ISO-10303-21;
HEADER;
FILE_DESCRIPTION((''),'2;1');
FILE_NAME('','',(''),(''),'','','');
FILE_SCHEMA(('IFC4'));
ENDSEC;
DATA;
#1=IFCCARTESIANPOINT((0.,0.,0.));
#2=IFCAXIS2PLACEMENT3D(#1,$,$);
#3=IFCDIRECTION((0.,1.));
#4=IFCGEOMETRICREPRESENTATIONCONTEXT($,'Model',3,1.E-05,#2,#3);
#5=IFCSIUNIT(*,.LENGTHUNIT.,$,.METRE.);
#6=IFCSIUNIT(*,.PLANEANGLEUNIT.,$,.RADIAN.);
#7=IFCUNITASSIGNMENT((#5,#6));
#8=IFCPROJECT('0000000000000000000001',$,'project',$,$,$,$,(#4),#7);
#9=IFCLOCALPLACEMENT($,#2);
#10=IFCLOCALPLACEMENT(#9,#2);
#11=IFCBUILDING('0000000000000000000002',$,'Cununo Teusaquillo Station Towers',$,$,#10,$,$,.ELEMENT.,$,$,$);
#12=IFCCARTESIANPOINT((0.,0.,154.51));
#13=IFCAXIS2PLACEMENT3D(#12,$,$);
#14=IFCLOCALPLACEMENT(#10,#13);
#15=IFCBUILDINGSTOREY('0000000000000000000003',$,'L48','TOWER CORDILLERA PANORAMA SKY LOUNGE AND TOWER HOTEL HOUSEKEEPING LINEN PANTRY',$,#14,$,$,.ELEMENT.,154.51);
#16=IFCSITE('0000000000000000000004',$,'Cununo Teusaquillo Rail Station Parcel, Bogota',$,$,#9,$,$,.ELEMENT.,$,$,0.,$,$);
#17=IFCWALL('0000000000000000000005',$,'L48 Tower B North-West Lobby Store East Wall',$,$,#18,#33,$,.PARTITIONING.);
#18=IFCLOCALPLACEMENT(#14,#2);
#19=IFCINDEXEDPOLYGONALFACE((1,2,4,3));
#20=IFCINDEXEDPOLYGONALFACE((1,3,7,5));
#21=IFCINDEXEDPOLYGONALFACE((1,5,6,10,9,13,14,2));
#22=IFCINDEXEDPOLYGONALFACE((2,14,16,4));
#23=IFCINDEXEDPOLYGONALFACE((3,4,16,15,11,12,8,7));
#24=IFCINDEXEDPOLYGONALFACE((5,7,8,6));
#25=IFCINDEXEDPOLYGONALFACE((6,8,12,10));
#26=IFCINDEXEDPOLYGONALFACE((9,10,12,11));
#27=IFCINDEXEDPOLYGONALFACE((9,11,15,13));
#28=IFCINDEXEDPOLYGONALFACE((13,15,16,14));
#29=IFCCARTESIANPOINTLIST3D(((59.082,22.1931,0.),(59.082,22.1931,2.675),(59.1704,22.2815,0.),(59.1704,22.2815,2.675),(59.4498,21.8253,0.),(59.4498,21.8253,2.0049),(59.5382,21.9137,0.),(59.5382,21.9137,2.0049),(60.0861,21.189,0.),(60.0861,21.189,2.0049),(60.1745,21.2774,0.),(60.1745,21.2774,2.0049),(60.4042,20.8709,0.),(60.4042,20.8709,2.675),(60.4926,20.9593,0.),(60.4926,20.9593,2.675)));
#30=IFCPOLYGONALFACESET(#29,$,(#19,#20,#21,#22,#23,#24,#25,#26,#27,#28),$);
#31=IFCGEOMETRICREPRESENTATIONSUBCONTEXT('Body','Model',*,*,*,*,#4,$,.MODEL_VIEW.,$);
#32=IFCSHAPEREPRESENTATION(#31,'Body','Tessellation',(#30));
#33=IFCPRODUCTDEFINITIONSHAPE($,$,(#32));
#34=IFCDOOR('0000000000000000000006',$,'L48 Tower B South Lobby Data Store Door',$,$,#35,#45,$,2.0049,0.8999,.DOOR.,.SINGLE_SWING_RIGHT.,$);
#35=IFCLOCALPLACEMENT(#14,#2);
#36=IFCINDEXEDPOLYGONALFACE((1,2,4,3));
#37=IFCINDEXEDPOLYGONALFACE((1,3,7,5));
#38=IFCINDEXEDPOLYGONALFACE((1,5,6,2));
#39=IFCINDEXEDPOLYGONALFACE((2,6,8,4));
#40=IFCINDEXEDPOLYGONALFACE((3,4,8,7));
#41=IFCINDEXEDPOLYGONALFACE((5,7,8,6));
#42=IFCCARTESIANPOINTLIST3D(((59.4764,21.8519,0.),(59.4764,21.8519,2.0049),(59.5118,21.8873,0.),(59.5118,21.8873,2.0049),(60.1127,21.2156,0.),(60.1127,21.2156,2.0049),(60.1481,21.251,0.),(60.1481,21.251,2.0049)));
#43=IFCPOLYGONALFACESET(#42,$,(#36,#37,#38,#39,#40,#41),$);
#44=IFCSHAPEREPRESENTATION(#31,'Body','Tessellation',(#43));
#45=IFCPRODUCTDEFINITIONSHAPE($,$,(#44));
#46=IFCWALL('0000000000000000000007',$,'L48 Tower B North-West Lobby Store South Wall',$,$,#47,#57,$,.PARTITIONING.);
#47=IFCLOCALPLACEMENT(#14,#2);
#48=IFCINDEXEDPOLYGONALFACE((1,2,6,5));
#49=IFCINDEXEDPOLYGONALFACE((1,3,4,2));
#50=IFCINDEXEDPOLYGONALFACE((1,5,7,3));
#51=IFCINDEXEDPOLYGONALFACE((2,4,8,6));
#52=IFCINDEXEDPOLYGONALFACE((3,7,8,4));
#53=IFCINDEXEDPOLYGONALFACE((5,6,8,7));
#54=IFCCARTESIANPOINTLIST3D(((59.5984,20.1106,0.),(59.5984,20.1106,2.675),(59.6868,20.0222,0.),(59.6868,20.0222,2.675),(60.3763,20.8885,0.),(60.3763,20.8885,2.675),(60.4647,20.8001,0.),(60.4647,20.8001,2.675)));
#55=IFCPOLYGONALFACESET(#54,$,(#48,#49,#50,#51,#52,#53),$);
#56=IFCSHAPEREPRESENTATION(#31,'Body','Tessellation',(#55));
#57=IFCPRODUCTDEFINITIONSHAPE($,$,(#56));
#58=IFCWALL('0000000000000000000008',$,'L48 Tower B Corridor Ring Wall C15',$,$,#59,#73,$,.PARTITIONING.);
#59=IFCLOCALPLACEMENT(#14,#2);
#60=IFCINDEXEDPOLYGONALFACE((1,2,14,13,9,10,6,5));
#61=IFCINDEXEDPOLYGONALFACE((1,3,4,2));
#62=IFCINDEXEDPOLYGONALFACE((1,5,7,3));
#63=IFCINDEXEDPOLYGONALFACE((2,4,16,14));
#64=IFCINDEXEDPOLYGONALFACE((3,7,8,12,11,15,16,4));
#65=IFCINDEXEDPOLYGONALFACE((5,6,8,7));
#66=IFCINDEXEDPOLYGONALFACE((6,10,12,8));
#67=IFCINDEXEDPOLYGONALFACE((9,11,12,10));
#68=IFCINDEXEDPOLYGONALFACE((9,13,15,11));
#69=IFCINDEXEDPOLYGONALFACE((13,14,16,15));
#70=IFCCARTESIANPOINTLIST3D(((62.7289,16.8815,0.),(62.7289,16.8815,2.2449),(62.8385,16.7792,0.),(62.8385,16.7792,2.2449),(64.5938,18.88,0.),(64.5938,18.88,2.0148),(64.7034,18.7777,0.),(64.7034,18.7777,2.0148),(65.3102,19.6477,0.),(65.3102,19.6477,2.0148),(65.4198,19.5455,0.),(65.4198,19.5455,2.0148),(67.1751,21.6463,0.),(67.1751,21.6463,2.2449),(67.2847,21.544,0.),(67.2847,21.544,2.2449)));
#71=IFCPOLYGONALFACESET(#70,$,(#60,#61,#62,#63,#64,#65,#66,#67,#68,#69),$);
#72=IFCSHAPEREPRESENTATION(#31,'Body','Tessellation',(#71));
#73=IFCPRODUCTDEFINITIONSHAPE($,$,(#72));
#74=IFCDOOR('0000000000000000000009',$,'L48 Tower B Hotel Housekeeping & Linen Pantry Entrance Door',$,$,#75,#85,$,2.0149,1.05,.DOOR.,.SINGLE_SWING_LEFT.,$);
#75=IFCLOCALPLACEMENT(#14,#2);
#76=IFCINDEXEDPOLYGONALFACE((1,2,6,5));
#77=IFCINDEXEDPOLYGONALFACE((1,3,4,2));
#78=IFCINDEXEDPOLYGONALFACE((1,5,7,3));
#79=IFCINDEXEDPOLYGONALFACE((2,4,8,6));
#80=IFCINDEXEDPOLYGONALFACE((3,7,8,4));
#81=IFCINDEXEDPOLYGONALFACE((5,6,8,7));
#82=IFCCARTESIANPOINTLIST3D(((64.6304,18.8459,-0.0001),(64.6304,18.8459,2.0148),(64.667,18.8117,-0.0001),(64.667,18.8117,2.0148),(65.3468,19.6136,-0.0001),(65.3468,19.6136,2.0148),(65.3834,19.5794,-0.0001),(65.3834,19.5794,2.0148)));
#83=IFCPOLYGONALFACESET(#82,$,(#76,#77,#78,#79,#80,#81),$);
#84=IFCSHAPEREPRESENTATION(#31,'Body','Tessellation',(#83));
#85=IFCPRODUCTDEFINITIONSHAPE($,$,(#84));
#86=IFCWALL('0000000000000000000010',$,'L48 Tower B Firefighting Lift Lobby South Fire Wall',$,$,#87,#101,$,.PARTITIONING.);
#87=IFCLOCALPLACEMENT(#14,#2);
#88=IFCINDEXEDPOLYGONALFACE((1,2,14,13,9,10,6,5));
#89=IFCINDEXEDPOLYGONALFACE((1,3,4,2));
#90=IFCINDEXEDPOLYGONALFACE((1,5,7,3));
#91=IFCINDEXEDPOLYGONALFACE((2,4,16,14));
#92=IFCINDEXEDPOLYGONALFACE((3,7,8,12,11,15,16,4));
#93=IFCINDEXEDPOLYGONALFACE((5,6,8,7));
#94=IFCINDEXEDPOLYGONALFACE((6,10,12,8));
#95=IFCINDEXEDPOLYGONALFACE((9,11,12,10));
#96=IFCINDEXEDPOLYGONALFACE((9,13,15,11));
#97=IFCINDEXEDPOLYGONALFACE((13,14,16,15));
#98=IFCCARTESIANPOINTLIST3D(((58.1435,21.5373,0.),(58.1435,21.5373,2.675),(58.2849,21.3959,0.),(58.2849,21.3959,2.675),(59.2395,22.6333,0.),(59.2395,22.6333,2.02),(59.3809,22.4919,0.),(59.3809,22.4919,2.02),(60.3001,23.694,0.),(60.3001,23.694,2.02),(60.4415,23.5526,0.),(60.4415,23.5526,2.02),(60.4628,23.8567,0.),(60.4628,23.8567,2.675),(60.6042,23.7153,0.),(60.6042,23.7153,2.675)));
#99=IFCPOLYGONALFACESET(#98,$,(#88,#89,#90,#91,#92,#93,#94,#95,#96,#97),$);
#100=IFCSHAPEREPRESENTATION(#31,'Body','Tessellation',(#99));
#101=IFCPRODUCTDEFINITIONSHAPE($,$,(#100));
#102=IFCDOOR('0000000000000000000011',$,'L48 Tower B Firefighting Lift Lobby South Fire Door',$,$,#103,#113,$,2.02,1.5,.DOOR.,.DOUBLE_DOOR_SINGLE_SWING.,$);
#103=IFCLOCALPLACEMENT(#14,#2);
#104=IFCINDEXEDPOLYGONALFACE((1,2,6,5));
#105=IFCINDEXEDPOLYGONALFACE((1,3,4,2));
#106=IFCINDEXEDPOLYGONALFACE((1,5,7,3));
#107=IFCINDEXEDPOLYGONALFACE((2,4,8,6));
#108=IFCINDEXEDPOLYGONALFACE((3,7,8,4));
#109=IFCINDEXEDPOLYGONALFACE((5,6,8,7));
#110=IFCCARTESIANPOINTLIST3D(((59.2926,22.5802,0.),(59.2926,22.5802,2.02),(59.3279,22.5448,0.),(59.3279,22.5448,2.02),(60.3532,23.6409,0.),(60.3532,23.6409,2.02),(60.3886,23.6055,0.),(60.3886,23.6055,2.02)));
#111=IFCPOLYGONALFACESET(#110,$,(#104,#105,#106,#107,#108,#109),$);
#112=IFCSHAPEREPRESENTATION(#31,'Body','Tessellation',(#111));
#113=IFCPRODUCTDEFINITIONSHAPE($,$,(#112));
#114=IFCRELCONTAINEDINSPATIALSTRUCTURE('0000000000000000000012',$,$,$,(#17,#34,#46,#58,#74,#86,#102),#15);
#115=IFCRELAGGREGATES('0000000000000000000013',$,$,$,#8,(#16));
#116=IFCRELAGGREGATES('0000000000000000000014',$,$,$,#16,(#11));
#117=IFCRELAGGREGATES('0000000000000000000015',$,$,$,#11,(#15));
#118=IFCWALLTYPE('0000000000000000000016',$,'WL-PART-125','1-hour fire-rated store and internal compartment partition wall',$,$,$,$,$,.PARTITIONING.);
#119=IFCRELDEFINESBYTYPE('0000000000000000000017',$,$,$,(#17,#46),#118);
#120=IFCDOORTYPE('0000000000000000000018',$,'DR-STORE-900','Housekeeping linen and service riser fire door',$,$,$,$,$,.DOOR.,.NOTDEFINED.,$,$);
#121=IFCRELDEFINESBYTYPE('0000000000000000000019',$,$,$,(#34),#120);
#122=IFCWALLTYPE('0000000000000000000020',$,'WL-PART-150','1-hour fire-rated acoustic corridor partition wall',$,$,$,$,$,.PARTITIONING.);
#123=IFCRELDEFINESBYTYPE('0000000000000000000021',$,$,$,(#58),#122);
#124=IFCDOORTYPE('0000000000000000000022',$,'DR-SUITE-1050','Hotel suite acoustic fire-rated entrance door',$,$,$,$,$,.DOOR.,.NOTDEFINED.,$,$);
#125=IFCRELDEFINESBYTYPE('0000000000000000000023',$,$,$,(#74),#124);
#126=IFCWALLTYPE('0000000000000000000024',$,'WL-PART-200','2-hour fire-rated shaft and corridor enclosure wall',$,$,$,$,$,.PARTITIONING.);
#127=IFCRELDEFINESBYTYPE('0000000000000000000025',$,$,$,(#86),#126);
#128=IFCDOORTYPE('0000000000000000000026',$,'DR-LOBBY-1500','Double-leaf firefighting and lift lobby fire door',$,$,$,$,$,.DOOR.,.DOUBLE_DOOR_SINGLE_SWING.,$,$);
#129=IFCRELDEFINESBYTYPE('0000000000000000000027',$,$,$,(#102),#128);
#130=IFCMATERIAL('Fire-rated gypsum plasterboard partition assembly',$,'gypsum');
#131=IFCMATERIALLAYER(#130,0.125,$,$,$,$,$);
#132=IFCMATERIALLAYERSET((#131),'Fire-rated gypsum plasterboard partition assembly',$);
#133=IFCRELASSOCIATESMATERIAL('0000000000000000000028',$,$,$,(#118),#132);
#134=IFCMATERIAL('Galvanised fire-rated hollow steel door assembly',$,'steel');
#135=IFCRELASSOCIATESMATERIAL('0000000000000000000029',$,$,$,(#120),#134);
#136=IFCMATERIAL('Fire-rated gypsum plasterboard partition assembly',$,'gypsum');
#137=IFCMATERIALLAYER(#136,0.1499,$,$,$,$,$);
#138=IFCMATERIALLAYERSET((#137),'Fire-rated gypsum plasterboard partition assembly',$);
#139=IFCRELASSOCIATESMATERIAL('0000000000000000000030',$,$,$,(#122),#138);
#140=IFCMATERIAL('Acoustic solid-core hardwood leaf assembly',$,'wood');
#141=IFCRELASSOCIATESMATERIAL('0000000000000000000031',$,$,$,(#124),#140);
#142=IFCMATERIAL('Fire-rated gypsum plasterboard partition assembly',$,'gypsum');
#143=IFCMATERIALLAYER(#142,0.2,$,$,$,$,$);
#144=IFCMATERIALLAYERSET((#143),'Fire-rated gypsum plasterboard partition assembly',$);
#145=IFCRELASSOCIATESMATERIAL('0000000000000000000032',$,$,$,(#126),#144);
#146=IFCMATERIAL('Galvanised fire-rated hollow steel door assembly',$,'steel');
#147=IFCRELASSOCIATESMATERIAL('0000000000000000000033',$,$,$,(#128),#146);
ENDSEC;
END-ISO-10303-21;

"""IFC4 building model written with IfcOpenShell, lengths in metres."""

from ifc_helpers import new_model, si_unit, direction, frame, frame_2d, origin, place, context, subcontext, project, spatial, rectangle, extrude, source, transform, mapped, material, layer, layer_set, type_object, element, fill, save


model = new_model("IFC4")

# Units and contexts
model_context = context("Model", 3, precision=1e-05, world=origin(), true_north=direction((0.0, 1.0)))
body_context = subcontext(model_context, "Body", "Model", "MODEL_VIEW")
ifc_project = project(units=[si_unit("LENGTHUNIT", "METRE"), si_unit("PLANEANGLEUNIT", "RADIAN")], contexts=[model_context])

# Site, building, storey
site_placement = place(None, origin())
site = spatial("IfcSite", under=ifc_project, at=site_placement, Name="Cununo Teusaquillo Rail Station Parcel, Bogota", CompositionType="ELEMENT", RefElevation=0.0)
building_placement = place(site_placement, origin())
building = spatial("IfcBuilding", under=site, at=building_placement, Name="Cununo Teusaquillo Station Towers", CompositionType="ELEMENT")
storey_placement = place(building_placement, frame((0.0, 0.0, 154.51)))
storey = spatial("IfcBuildingStorey", under=building, at=storey_placement, Name="L48", Description="TOWER CORDILLERA PANORAMA SKY LOUNGE AND TOWER HOTEL HOUSEKEEPING LINEN PANTRY", CompositionType="ELEMENT", Elevation=154.51)

# Wall, opening, door
ifc_material_1 = material(Name="Fire-rated gypsum plasterboard partition assembly", Category="gypsum")
ifc_layer_1 = layer(ifc_material_1, 0.125)
ifc_layer_set_1 = layer_set([ifc_layer_1], Name="Fire-rated gypsum plasterboard partition assembly")
wall_type_1 = type_object("IfcWallType", Name="WL-PART-125", Description="1-hour fire-rated store and internal compartment partition wall", PredefinedType="PARTITIONING", material=ifc_layer_set_1)
wall_1_placement = place(storey_placement, frame((60.4485, 20.915, 0.0), z_axis=(0.0, 0.0, 1.0), x_axis=(-0.707107, 0.707107, 0.0)))
wall_1 = element("IfcWall", 1, at=wall_1_placement, inside=storey, type_object=wall_type_1, Name="L48 Tower B North-West Lobby Store East Wall", PredefinedType="PARTITIONING", context=body_context, shape_type="SweptSolid", body=[
    extrude(rectangle(XDim=1.8699, YDim=0.125, at=frame_2d((0.9351, 0.0))), origin(), (0.0, 0.0, 1.0), 2.675),
])
shared_shape_1 = source(origin(), body_context, "Body", "SweptSolid", [
    extrude(rectangle(XDim=0.8999, YDim=2.0049, at=frame_2d((0.45, 1.0024))), frame((0.0, 0.0725, 0.0), z_axis=(0.0, -1.0, 0.0), x_axis=(1.0, 0.0, 0.0)), (0.0, 0.0, 1.0), 0.145),
])
opening_1_placement = place(wall_1_placement, frame((0.45, 0.0, 0.0)))
opening_1 = element("IfcOpeningElement", 2, at=opening_1_placement, cuts=wall_1, PredefinedType="OPENING", context=body_context, shape_type="MappedRepresentation", body=[
    mapped(shared_shape_1, transform((0.0, 0.0, 0.0), x_axis=(1.0, 0.0, 0.0), y_axis=(0.0, 1.0, 0.0), z_axis=(0.0, 0.0, 1.0), scale=1.0)),
])
ifc_material_2 = material(Name="Galvanised fire-rated hollow steel door assembly", Category="steel")
door_type_1 = type_object("IfcDoorType", Name="DR-STORE-900", Description="Housekeeping linen and service riser fire door", OperationType="NOTDEFINED", PredefinedType="DOOR", material=ifc_material_2)
shared_shape_2 = source(origin(), body_context, "Body", "SweptSolid", [
    extrude(rectangle(XDim=0.8999, YDim=2.0049, at=frame_2d((0.45, 1.0024))), frame((0.0, 0.0249, 0.0), z_axis=(0.0, -1.0, 0.0), x_axis=(1.0, 0.0, 0.0)), (0.0, 0.0, 1.0), 0.05),
])
door_1_placement = place(opening_1_placement, origin())
door_1 = element("IfcDoor", 3, at=door_1_placement, inside=storey, type_object=door_type_1, Name="L48 Tower B South Lobby Data Store Door", OperationType="SINGLE_SWING_RIGHT", OverallHeight=2.0049, OverallWidth=0.8999, PredefinedType="DOOR", context=body_context, shape_type="MappedRepresentation", body=[
    mapped(shared_shape_2, transform((0.0, 0.0, 0.0), x_axis=(1.0, 0.0, 0.0), y_axis=(0.0, 1.0, 0.0), z_axis=(0.0, 0.0, 1.0), scale=1.0)),
])
fill(opening_1, door_1)

# Wall
wall_2_placement = place(storey_placement, frame((59.6426, 20.0664, 0.0), z_axis=(0.0, 0.0, 1.0), x_axis=(0.707107, 0.707107, 0.0)))
element("IfcWall", 4, at=wall_2_placement, inside=storey, type_object=wall_type_1, Name="L48 Tower B North-West Lobby Store South Wall", PredefinedType="PARTITIONING", context=body_context, shape_type="SweptSolid", body=[
    extrude(rectangle(XDim=1.1001, YDim=0.125, at=frame_2d((0.55, 0.0))), origin(), (0.0, 0.0, 1.0), 2.675),
])

# Walls, openings, doors
ifc_material_3 = material(Name="Fire-rated gypsum plasterboard partition assembly", Category="gypsum")
ifc_layer_2 = layer(ifc_material_3, 0.1499)
ifc_layer_set_2 = layer_set([ifc_layer_2], Name="Fire-rated gypsum plasterboard partition assembly")
wall_type_2 = type_object("IfcWallType", Name="WL-PART-150", Description="1-hour fire-rated acoustic corridor partition wall", PredefinedType="PARTITIONING", material=ifc_layer_set_2)
wall_3_placement = place(storey_placement, frame((62.7837, 16.8303, 0.0), z_axis=(0.0, 0.0, 1.0), x_axis=(0.682241, 0.731128, 0.0)))
wall_3 = element("IfcWall", 5, at=wall_3_placement, inside=storey, type_object=wall_type_2, Name="L48 Tower B Corridor Ring Wall C15", PredefinedType="PARTITIONING", context=body_context, shape_type="SweptSolid", body=[
    extrude(rectangle(XDim=6.5171, YDim=0.1499, at=frame_2d((3.2585, 0.0))), origin(), (0.0, 0.0, 1.0), 2.2449),
])
shared_shape_3 = source(origin(), body_context, "Body", "SweptSolid", [
    extrude(rectangle(XDim=1.05, YDim=2.0149, at=frame_2d((0.5249, 1.0073))), frame((0.0, 0.085, 0.0), z_axis=(0.0, -1.0, 0.0), x_axis=(1.0, 0.0, 0.0)), (0.0, 0.0, 1.0), 0.1699),
])
opening_2_placement = place(wall_3_placement, frame((2.7336, 0.0, 0.0)))
opening_2 = element("IfcOpeningElement", 6, at=opening_2_placement, cuts=wall_3, PredefinedType="OPENING", context=body_context, shape_type="MappedRepresentation", body=[
    mapped(shared_shape_3, transform((0.0, 0.0, 0.0), x_axis=(1.0, 0.0, 0.0), y_axis=(0.0, 1.0, 0.0), z_axis=(0.0, 0.0, 1.0), scale=1.0)),
])
ifc_material_4 = material(Name="Acoustic solid-core hardwood leaf assembly", Category="wood")
door_type_2 = type_object("IfcDoorType", Name="DR-SUITE-1050", Description="Hotel suite acoustic fire-rated entrance door", OperationType="NOTDEFINED", PredefinedType="DOOR", material=ifc_material_4)
shared_shape_4 = source(origin(), body_context, "Body", "SweptSolid", [
    extrude(rectangle(XDim=1.05, YDim=2.0149, at=frame_2d((0.5249, 1.0073))), frame((0.0, 0.0249, 0.0), z_axis=(0.0, -1.0, 0.0), x_axis=(1.0, 0.0, 0.0)), (0.0, 0.0, 1.0), 0.05),
])
door_2_placement = place(opening_2_placement, origin())
door_2 = element("IfcDoor", 7, at=door_2_placement, inside=storey, type_object=door_type_2, Name="L48 Tower B Hotel Housekeeping & Linen Pantry Entrance Door", OperationType="SINGLE_SWING_LEFT", OverallHeight=2.0149, OverallWidth=1.05, PredefinedType="DOOR", context=body_context, shape_type="MappedRepresentation", body=[
    mapped(shared_shape_4, transform((0.0, 0.0, 0.0), x_axis=(1.0, 0.0, 0.0), y_axis=(0.0, 1.0, 0.0), z_axis=(0.0, 0.0, 1.0), scale=1.0)),
])
fill(opening_2, door_2)
ifc_material_5 = material(Name="Fire-rated gypsum plasterboard partition assembly", Category="gypsum")
ifc_layer_3 = layer(ifc_material_5, 0.2)
ifc_layer_set_3 = layer_set([ifc_layer_3], Name="Fire-rated gypsum plasterboard partition assembly")
wall_type_3 = type_object("IfcWallType", Name="WL-PART-200", Description="2-hour fire-rated shaft and corridor enclosure wall", PredefinedType="PARTITIONING", material=ifc_layer_set_3)
wall_4_placement = place(storey_placement, frame((58.2141, 21.4666, 0.0), z_axis=(0.0, 0.0, 1.0), x_axis=(0.707107, 0.707107, 0.0)))
wall_4 = element("IfcWall", 8, at=wall_4_placement, inside=storey, type_object=wall_type_3, Name="L48 Tower B Firefighting Lift Lobby South Fire Wall", PredefinedType="PARTITIONING", context=body_context, shape_type="SweptSolid", body=[
    extrude(rectangle(XDim=3.28, YDim=0.2, at=frame_2d((1.6401, 0.0))), origin(), (0.0, 0.0, 1.0), 2.675),
])
shared_shape_5 = source(origin(), body_context, "Body", "SweptSolid", [
    extrude(rectangle(XDim=1.5, YDim=2.02, at=frame_2d((0.75, 1.01))), frame((0.0, 0.1099, 0.0), z_axis=(0.0, -1.0, 0.0), x_axis=(1.0, 0.0, 0.0)), (0.0, 0.0, 1.0), 0.22),
])
opening_3_placement = place(wall_4_placement, frame((1.55, 0.0, 0.0)))
opening_3 = element("IfcOpeningElement", 9, at=opening_3_placement, cuts=wall_4, PredefinedType="OPENING", context=body_context, shape_type="MappedRepresentation", body=[
    mapped(shared_shape_5, transform((0.0, 0.0, 0.0), x_axis=(1.0, 0.0, 0.0), y_axis=(0.0, 1.0, 0.0), z_axis=(0.0, 0.0, 1.0), scale=1.0)),
])
ifc_material_6 = material(Name="Galvanised fire-rated hollow steel door assembly", Category="steel")
door_type_3 = type_object("IfcDoorType", Name="DR-LOBBY-1500", Description="Double-leaf firefighting and lift lobby fire door", OperationType="DOUBLE_DOOR_SINGLE_SWING", PredefinedType="DOOR", material=ifc_material_6)
shared_shape_6 = source(origin(), body_context, "Body", "SweptSolid", [
    extrude(rectangle(XDim=1.5, YDim=2.02, at=frame_2d((0.75, 1.01))), frame((0.0, 0.0249, 0.0), z_axis=(0.0, -1.0, 0.0), x_axis=(1.0, 0.0, 0.0)), (0.0, 0.0, 1.0), 0.05),
])
door_3_placement = place(opening_3_placement, origin())
door_3 = element("IfcDoor", 10, at=door_3_placement, inside=storey, type_object=door_type_3, Name="L48 Tower B Firefighting Lift Lobby South Fire Door", OperationType="DOUBLE_DOOR_SINGLE_SWING", OverallHeight=2.02, OverallWidth=1.5, PredefinedType="DOOR", context=body_context, shape_type="MappedRepresentation", body=[
    mapped(shared_shape_6, transform((0.0, 0.0, 0.0), x_axis=(1.0, 0.0, 0.0), y_axis=(0.0, 1.0, 0.0), z_axis=(0.0, 0.0, 1.0), scale=1.0)),
])
fill(opening_3, door_3)

save(model, "model.ifc")
